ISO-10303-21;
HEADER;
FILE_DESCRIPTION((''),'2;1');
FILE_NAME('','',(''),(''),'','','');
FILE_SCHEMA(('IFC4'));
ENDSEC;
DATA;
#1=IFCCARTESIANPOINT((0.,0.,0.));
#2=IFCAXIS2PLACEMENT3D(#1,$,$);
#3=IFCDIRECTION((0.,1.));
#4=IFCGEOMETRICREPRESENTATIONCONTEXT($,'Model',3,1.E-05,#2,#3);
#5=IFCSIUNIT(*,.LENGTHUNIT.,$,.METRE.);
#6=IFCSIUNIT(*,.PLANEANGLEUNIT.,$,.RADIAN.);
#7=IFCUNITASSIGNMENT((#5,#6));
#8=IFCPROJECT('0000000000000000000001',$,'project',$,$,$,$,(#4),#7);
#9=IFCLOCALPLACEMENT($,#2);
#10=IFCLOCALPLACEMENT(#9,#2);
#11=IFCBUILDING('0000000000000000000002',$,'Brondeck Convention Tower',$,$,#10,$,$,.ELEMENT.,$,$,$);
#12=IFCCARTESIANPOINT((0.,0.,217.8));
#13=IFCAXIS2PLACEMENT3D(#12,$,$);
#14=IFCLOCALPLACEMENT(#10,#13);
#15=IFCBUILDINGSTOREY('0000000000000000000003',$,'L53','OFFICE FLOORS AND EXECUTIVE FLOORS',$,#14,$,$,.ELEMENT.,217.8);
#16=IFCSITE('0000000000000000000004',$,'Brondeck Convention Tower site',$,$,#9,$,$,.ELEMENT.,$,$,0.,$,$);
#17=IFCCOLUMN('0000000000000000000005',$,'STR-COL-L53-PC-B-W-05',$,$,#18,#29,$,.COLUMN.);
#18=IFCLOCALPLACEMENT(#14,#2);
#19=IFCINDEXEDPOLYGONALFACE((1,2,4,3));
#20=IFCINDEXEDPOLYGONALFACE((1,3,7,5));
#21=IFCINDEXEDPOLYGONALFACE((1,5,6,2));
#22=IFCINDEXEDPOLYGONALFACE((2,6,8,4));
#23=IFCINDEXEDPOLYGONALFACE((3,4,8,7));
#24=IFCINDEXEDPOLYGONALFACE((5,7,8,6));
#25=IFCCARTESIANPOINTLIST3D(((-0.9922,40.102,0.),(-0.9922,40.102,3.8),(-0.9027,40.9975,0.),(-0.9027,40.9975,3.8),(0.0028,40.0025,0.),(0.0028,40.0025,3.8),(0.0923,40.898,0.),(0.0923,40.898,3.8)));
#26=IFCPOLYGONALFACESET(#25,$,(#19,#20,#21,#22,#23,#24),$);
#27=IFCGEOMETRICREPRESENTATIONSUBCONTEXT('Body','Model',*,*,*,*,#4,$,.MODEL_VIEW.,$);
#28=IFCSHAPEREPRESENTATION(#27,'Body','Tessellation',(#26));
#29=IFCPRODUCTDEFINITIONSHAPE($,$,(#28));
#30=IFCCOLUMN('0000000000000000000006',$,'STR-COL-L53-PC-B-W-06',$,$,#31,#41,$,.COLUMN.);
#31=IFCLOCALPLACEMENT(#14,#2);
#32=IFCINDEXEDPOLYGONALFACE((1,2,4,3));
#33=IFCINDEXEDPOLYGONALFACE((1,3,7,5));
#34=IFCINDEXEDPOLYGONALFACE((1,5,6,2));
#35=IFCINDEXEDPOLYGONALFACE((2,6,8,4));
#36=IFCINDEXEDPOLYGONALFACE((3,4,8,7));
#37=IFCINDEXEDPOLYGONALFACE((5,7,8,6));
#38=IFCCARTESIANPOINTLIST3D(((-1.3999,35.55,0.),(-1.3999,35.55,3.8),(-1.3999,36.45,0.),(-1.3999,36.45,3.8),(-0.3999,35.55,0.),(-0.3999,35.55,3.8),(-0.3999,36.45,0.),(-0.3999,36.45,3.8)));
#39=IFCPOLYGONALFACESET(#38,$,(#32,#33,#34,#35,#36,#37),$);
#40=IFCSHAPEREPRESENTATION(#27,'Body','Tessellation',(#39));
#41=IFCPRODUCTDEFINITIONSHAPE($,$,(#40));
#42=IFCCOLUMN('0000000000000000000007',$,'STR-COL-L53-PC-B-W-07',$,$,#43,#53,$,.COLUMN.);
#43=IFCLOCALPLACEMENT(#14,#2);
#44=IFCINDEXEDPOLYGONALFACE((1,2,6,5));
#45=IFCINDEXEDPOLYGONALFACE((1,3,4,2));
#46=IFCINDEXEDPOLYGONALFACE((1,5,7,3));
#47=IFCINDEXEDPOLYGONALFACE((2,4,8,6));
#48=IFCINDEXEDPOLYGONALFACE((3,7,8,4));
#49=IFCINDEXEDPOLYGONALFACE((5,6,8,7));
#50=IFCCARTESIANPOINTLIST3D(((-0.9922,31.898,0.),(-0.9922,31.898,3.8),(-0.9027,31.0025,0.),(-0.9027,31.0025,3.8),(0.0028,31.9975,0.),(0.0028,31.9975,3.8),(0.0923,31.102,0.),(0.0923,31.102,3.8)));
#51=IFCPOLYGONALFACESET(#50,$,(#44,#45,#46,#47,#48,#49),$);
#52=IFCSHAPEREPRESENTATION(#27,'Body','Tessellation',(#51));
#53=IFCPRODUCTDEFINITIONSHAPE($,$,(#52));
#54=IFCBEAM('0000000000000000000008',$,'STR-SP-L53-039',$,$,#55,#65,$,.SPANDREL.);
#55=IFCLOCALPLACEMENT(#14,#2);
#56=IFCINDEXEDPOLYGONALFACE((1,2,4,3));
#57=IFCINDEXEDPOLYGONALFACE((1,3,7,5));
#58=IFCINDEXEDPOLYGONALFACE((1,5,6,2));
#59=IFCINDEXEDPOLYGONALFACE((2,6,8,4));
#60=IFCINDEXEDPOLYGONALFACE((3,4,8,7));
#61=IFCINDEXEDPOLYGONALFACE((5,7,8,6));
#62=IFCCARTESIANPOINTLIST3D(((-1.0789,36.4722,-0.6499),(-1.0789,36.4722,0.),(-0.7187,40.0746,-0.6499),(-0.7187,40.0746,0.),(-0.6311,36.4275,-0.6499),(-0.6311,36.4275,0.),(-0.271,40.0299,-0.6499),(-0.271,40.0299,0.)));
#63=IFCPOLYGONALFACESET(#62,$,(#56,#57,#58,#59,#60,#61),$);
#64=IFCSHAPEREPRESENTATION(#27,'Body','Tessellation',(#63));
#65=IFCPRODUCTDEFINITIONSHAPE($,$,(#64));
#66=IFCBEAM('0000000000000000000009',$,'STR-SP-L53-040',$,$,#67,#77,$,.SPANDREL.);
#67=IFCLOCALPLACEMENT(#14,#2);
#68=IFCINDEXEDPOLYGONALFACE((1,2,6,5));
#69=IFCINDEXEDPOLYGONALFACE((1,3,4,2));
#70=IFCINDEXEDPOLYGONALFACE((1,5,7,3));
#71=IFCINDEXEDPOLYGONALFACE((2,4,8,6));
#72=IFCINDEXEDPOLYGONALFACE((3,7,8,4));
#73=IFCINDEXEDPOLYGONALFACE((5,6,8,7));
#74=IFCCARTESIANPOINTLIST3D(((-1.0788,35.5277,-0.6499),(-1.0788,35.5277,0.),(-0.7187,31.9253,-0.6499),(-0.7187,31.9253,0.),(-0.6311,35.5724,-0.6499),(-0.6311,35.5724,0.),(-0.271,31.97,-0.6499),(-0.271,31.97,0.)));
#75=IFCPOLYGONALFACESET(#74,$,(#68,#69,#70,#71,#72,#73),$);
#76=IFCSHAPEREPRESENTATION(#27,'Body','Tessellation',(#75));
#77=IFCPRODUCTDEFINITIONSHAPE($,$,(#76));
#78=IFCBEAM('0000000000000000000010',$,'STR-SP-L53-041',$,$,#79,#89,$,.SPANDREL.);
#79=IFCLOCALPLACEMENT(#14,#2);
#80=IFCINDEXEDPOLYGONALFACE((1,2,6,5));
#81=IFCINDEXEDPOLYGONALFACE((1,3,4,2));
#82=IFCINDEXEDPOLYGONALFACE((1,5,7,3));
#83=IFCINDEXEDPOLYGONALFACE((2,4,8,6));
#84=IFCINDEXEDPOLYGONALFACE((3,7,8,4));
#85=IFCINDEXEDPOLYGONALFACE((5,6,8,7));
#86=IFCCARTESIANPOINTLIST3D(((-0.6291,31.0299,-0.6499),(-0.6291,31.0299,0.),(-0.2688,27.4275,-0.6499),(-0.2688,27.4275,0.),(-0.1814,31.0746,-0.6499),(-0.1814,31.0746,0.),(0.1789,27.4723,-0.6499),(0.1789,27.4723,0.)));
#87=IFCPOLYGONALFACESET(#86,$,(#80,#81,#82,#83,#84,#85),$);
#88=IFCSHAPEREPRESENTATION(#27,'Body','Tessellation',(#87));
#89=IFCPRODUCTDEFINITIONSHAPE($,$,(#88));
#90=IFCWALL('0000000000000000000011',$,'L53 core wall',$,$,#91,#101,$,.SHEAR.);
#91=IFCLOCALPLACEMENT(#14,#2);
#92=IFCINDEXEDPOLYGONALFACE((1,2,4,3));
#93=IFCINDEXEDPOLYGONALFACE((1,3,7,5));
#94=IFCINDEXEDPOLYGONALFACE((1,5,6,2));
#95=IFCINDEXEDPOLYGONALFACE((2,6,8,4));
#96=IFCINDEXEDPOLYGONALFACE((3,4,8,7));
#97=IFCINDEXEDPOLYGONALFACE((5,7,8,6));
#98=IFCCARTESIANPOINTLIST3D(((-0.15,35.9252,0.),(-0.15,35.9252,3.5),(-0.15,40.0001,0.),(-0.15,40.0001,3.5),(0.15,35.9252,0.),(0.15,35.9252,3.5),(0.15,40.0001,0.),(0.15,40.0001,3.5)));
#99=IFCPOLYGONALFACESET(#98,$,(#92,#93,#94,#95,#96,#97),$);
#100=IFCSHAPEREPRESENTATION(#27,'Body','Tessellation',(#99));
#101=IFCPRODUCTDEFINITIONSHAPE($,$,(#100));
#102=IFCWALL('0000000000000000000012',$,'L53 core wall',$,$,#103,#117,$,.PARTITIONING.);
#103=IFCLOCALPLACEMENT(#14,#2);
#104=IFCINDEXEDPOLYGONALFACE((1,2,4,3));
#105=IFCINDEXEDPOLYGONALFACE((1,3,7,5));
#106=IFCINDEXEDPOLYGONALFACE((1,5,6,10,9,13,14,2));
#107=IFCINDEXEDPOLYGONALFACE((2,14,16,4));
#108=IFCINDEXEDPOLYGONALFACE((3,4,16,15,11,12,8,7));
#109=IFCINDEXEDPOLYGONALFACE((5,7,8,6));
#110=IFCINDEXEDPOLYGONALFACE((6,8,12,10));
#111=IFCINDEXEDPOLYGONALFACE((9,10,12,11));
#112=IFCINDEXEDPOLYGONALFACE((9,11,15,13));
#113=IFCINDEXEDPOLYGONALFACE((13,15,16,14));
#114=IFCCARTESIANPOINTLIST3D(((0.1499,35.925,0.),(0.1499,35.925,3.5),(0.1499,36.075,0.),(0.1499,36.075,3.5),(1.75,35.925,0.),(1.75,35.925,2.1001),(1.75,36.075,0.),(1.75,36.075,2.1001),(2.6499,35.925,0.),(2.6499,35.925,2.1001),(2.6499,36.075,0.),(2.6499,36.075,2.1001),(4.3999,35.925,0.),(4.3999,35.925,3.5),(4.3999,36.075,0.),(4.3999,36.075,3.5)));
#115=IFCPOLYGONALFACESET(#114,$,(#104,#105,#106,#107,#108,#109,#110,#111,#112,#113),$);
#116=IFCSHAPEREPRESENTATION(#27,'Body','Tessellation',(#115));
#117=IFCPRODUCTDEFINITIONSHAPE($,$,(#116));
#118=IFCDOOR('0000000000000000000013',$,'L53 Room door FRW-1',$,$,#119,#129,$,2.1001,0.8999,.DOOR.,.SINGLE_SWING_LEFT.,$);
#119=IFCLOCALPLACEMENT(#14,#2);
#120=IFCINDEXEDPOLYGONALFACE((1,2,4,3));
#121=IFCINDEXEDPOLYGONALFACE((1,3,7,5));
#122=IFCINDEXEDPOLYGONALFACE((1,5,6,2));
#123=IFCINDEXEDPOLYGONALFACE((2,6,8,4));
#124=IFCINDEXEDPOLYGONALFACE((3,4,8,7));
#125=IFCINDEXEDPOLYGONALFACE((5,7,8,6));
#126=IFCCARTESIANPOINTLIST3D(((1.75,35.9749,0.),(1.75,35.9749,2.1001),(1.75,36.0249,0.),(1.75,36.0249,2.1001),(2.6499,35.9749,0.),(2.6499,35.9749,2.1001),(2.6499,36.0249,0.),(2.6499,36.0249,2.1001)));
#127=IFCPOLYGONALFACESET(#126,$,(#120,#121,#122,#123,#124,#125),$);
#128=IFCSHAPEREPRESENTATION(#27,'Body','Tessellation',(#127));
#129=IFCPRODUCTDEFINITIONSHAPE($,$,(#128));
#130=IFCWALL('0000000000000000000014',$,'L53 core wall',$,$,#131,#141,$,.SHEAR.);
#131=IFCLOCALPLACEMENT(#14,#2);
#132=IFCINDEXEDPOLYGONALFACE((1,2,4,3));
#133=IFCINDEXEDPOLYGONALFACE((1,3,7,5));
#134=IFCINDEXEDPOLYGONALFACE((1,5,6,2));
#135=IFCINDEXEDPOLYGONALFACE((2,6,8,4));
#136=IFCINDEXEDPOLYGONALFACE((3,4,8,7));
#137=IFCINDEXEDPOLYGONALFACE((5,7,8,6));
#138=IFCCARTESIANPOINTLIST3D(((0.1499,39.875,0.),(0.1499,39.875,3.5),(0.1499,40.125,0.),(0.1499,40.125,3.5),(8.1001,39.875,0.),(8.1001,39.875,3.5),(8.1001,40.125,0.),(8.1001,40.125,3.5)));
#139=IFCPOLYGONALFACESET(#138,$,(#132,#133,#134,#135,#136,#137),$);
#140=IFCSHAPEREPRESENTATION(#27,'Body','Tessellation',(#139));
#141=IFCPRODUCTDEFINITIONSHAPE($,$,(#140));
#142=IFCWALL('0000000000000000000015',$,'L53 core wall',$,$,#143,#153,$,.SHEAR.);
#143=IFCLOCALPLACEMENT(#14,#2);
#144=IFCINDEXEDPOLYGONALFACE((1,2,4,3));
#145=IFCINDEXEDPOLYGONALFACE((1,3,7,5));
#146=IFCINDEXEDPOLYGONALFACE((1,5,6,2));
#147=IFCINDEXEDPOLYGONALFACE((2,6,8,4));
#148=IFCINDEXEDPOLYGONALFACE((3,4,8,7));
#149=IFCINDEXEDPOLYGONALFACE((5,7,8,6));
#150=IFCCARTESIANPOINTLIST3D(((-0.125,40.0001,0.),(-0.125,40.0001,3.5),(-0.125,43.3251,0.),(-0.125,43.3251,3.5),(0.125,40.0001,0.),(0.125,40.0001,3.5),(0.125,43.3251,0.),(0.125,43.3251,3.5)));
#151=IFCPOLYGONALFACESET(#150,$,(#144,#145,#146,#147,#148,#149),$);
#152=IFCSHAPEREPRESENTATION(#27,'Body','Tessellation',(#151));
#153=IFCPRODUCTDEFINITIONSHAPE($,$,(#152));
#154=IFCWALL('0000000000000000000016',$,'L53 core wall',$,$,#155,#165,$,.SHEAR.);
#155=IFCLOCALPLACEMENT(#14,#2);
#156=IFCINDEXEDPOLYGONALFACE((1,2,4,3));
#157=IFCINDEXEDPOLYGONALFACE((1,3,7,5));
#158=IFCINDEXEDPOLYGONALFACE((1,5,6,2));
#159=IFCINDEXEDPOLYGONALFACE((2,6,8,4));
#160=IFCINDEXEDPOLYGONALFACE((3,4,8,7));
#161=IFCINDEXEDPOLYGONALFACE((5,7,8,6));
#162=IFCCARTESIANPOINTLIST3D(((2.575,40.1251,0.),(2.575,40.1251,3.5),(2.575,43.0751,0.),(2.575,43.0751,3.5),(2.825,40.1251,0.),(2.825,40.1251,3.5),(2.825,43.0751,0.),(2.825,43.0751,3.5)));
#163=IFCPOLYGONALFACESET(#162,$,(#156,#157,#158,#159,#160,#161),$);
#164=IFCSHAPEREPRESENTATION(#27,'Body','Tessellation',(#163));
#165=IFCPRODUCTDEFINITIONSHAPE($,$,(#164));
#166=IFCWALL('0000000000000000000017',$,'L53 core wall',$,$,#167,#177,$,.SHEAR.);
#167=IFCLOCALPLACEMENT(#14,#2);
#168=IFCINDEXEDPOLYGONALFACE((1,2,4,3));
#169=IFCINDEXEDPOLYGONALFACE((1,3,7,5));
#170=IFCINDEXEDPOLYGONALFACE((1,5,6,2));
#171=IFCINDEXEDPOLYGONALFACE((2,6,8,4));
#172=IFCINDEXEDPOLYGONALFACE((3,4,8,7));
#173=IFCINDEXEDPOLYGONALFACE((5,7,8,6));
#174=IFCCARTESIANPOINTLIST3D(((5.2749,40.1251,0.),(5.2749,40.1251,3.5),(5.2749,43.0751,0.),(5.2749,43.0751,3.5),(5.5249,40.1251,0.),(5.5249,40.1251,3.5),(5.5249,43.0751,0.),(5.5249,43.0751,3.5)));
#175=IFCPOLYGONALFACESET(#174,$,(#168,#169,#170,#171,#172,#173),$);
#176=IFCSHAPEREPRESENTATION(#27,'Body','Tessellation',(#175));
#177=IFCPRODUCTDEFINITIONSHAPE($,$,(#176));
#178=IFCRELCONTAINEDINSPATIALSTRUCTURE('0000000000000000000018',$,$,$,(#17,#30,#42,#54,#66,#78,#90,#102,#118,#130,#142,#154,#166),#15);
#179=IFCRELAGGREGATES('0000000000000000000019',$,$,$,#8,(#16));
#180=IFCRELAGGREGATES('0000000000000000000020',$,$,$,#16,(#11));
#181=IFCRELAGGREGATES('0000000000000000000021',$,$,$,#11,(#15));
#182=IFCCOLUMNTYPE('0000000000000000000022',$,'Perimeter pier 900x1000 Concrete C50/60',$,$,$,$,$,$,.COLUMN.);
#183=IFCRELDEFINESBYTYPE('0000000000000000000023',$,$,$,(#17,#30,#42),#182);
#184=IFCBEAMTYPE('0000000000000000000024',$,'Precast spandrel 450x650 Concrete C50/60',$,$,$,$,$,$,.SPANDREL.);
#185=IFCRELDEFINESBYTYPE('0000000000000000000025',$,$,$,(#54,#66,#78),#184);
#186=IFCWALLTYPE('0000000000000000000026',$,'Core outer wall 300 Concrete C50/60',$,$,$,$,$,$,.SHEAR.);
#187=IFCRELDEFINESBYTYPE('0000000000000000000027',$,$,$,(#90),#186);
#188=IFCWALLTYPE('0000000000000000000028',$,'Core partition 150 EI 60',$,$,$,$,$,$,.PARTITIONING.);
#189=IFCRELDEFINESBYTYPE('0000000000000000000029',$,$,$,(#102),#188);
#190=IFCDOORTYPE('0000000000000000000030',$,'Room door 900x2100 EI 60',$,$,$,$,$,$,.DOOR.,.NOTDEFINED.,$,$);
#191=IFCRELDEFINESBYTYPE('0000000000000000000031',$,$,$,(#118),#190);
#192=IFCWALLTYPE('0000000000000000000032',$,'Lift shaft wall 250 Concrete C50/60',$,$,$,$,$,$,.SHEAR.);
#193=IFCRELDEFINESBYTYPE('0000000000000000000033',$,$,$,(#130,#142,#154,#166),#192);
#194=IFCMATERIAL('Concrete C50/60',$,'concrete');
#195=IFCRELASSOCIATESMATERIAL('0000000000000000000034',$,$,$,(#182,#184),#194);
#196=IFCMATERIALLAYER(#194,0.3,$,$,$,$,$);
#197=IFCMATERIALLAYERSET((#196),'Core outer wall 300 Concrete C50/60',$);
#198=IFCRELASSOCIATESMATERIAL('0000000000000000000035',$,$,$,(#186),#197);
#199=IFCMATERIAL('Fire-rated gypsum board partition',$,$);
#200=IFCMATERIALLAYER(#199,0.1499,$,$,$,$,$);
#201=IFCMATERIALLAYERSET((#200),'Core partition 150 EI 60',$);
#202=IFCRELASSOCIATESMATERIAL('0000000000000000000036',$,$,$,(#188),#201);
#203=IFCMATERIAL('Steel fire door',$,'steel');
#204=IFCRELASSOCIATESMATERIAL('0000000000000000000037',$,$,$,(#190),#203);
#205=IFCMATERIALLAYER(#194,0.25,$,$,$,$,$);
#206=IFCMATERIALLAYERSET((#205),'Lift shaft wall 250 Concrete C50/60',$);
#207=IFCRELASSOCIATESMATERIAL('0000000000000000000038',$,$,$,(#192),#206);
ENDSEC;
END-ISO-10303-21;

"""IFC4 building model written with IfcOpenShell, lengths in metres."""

from ifc_helpers import new_model, si_unit, direction, frame, frame_2d, origin, origin_2d, place, context, subcontext, project, spatial, rectangle, extrude, material, layer, layer_set, material_profile, profile_set, type_object, element, fill, save


model = new_model("IFC4")

# Units and contexts
model_context = context("Model", 3, precision=1e-05, world=origin(), true_north=direction((0.0, 1.0)))
body_context = subcontext(model_context, "Body", "Model", "MODEL_VIEW")
ifc_project = project(units=[si_unit("LENGTHUNIT", "METRE"), si_unit("PLANEANGLEUNIT", "RADIAN")], contexts=[model_context])

# Site, building, storey
site_placement = place(None, origin())
site = spatial("IfcSite", under=ifc_project, at=site_placement, Name="Brondeck Convention Tower site", CompositionType="ELEMENT", RefElevation=0.0)
building_placement = place(site_placement, origin())
building = spatial("IfcBuilding", under=site, at=building_placement, Name="Brondeck Convention Tower", CompositionType="ELEMENT")
storey_placement = place(building_placement, frame((0.0, 0.0, 217.8)))
storey = spatial("IfcBuildingStorey", under=building, at=storey_placement, Name="L53", Description="OFFICE FLOORS AND EXECUTIVE FLOORS", CompositionType="ELEMENT", Elevation=217.8)

# Columns
ifc_material_1 = material(Name="Concrete C50/60", Category="concrete")
ifc_material_profile_1 = material_profile(ifc_material_1, rectangle(XDim=0.8999, YDim=1.0, at=origin_2d()), Name="Perimeter pier 900x1000 Concrete C50/60")
ifc_profile_set_1 = profile_set([ifc_material_profile_1], Name="Concrete C50/60")
column_type = type_object("IfcColumnType", Name="Perimeter pier 900x1000 Concrete C50/60", PredefinedType="COLUMN", material=ifc_profile_set_1)
for number, where, z_axis, x_axis, name in (
    (1, (-0.45, 40.5, 0.0), (0.0, 0.0, 1.0), (-0.099504, -0.995037, 0.0), "STR-COL-L53-PC-B-W-05"),
    (2, (-0.8999, 36.0, 0.0), (0.0, 0.0, 1.0), (0.0, -1.0, 0.0), "STR-COL-L53-PC-B-W-06"),
    (3, (-0.45, 31.5, 0.0), (0.0, 0.0, 1.0), (0.099504, -0.995037, 0.0), "STR-COL-L53-PC-B-W-07"),
):
    element("IfcColumn", number, at=place(storey_placement, frame(where, z_axis=z_axis, x_axis=x_axis)), inside=storey, type_object=column_type, Name=name, PredefinedType="COLUMN", context=body_context, shape_type="SweptSolid", body=[
        extrude(rectangle(XDim=0.8999, YDim=1.0, at=origin_2d()), origin(), (0.0, 0.0, 1.0), 3.8),
    ])

# Beams
ifc_material_profile_2 = material_profile(ifc_material_1, rectangle(XDim=0.45, YDim=0.6499, at=origin_2d()), Name="Precast spandrel 450x650 Concrete C50/60")
ifc_profile_set_2 = profile_set([ifc_material_profile_2], Name="Concrete C50/60")
beam_type = type_object("IfcBeamType", Name="Precast spandrel 450x650 Concrete C50/60", PredefinedType="SPANDREL", material=ifc_profile_set_2)
for number, where, z_axis, x_axis, name in (
    (4, (-0.4949, 40.0522, -0.325), (-0.09947, -0.995041, 0.0), (0.995041, -0.09947, 0.0), "STR-SP-L53-039"),
    (5, (-0.855, 35.55, -0.325), (0.09947, -0.995041, 0.0), (0.995041, 0.09947, 0.0), "STR-SP-L53-040"),
    (6, (-0.4053, 31.0522, -0.325), (0.099537, -0.995034, 0.0), (0.995034, 0.099537, 0.0), "STR-SP-L53-041"),
):
    element("IfcBeam", number, at=place(storey_placement, frame(where, z_axis=z_axis, x_axis=x_axis)), inside=storey, type_object=beam_type, Name=name, PredefinedType="SPANDREL", context=body_context, shape_type="SweptSolid", body=[
        extrude(rectangle(XDim=0.45, YDim=0.6499, at=origin_2d()), origin(), (0.0, 0.0, 1.0), 3.6204),
    ])

# Wall
ifc_layer_1 = layer(ifc_material_1, 0.3)
ifc_layer_set_1 = layer_set([ifc_layer_1], Name="Core outer wall 300 Concrete C50/60")
wall_type_1 = type_object("IfcWallType", Name="Core outer wall 300 Concrete C50/60", PredefinedType="SHEAR", material=ifc_layer_set_1)
wall_1_placement = place(storey_placement, frame((0.0, 35.925, 0.0), z_axis=(0.0, 0.0, 1.0), x_axis=(0.0, 1.0, 0.0)))
element("IfcWall", 7, at=wall_1_placement, inside=storey, type_object=wall_type_1, Name="L53 core wall", PredefinedType="SHEAR", context=body_context, shape_type="SweptSolid", body=[
    extrude(rectangle(XDim=4.075, YDim=0.3, at=frame_2d((2.0376, 0.0))), origin(), (0.0, 0.0, 1.0), 3.5),
])

# Wall, opening, door
ifc_material_2 = material(Name="Fire-rated gypsum board partition")
ifc_layer_2 = layer(ifc_material_2, 0.1499)
ifc_layer_set_2 = layer_set([ifc_layer_2], Name="Core partition 150 EI 60")
wall_type_2 = type_object("IfcWallType", Name="Core partition 150 EI 60", PredefinedType="PARTITIONING", material=ifc_layer_set_2)
wall_2_placement = place(storey_placement, frame((0.1499, 36.0, 0.0), z_axis=(0.0, 0.0, 1.0), x_axis=(1.0, 0.0, 0.0)))
wall_2 = element("IfcWall", 8, at=wall_2_placement, inside=storey, type_object=wall_type_2, Name="L53 core wall", PredefinedType="PARTITIONING", context=body_context, shape_type="SweptSolid", body=[
    extrude(rectangle(XDim=4.25, YDim=0.1499, at=frame_2d((2.125, 0.0))), origin(), (0.0, 0.0, 1.0), 3.5),
])
opening_1_placement = place(wall_2_placement, frame((1.6001, 0.0, 0.0)))
opening_1 = element("IfcOpeningElement", 9, at=opening_1_placement, cuts=wall_2, PredefinedType="OPENING", context=body_context, shape_type="SweptSolid", body=[
    extrude(rectangle(XDim=0.8999, YDim=2.1001, at=frame_2d((0.45, 1.05))), frame((0.0, 0.085, 0.0), z_axis=(0.0, -1.0, 0.0), x_axis=(1.0, 0.0, 0.0)), (0.0, 0.0, 1.0), 0.1699),
])
ifc_material_3 = material(Name="Steel fire door", Category="steel")
door_type_1 = type_object("IfcDoorType", Name="Room door 900x2100 EI 60", OperationType="NOTDEFINED", PredefinedType="DOOR", material=ifc_material_3)
door_1_placement = place(opening_1_placement, origin())
door_1 = element("IfcDoor", 10, at=door_1_placement, inside=storey, type_object=door_type_1, Name="L53 Room door FRW-1", OperationType="SINGLE_SWING_LEFT", OverallHeight=2.1001, OverallWidth=0.8999, PredefinedType="DOOR", context=body_context, shape_type="SweptSolid", body=[
    extrude(rectangle(XDim=0.8999, YDim=2.1001, at=frame_2d((0.45, 1.05))), frame((0.0, 0.0249, 0.0), z_axis=(0.0, -1.0, 0.0), x_axis=(1.0, 0.0, 0.0)), (0.0, 0.0, 1.0), 0.05),
])
fill(opening_1, door_1)

# Walls
ifc_layer_3 = layer(ifc_material_1, 0.25)
ifc_layer_set_3 = layer_set([ifc_layer_3], Name="Lift shaft wall 250 Concrete C50/60")
wall_type_3 = type_object("IfcWallType", Name="Lift shaft wall 250 Concrete C50/60", PredefinedType="SHEAR", material=ifc_layer_set_3)
wall_3_placement = place(storey_placement, frame((0.1499, 40.0, 0.0), z_axis=(0.0, 0.0, 1.0), x_axis=(1.0, 0.0, 0.0)))
element("IfcWall", 11, at=wall_3_placement, inside=storey, type_object=wall_type_3, Name="L53 core wall", PredefinedType="SHEAR", context=body_context, shape_type="SweptSolid", body=[
    extrude(rectangle(XDim=7.9502, YDim=0.25, at=frame_2d((3.9751, 0.0))), origin(), (0.0, 0.0, 1.0), 3.5),
])
wall_4_placement = place(storey_placement, frame((0.0, 40.0, 0.0), z_axis=(0.0, 0.0, 1.0), x_axis=(0.0, 1.0, 0.0)))
element("IfcWall", 12, at=wall_4_placement, inside=storey, type_object=wall_type_3, Name="L53 core wall", PredefinedType="SHEAR", context=body_context, shape_type="SweptSolid", body=[
    extrude(rectangle(XDim=3.325, YDim=0.25, at=frame_2d((1.6626, 0.0))), origin(), (0.0, 0.0, 1.0), 3.5),
])
for number, where, z_axis, x_axis, name in (
    (13, (2.7, 40.125, 0.0), (0.0, 0.0, 1.0), (0.0, 1.0, 0.0), "L53 core wall"),
    (14, (5.3999, 40.125, 0.0), (0.0, 0.0, 1.0), (0.0, 1.0, 0.0), "L53 core wall"),
):
    element("IfcWall", number, at=place(storey_placement, frame(where, z_axis=z_axis, x_axis=x_axis)), inside=storey, type_object=wall_type_3, Name=name, PredefinedType="SHEAR", context=body_context, shape_type="SweptSolid", body=[
        extrude(rectangle(XDim=2.95, YDim=0.25, at=frame_2d((1.4751, 0.0))), origin(), (0.0, 0.0, 1.0), 3.5),
    ])

save(model, "model.ifc")
